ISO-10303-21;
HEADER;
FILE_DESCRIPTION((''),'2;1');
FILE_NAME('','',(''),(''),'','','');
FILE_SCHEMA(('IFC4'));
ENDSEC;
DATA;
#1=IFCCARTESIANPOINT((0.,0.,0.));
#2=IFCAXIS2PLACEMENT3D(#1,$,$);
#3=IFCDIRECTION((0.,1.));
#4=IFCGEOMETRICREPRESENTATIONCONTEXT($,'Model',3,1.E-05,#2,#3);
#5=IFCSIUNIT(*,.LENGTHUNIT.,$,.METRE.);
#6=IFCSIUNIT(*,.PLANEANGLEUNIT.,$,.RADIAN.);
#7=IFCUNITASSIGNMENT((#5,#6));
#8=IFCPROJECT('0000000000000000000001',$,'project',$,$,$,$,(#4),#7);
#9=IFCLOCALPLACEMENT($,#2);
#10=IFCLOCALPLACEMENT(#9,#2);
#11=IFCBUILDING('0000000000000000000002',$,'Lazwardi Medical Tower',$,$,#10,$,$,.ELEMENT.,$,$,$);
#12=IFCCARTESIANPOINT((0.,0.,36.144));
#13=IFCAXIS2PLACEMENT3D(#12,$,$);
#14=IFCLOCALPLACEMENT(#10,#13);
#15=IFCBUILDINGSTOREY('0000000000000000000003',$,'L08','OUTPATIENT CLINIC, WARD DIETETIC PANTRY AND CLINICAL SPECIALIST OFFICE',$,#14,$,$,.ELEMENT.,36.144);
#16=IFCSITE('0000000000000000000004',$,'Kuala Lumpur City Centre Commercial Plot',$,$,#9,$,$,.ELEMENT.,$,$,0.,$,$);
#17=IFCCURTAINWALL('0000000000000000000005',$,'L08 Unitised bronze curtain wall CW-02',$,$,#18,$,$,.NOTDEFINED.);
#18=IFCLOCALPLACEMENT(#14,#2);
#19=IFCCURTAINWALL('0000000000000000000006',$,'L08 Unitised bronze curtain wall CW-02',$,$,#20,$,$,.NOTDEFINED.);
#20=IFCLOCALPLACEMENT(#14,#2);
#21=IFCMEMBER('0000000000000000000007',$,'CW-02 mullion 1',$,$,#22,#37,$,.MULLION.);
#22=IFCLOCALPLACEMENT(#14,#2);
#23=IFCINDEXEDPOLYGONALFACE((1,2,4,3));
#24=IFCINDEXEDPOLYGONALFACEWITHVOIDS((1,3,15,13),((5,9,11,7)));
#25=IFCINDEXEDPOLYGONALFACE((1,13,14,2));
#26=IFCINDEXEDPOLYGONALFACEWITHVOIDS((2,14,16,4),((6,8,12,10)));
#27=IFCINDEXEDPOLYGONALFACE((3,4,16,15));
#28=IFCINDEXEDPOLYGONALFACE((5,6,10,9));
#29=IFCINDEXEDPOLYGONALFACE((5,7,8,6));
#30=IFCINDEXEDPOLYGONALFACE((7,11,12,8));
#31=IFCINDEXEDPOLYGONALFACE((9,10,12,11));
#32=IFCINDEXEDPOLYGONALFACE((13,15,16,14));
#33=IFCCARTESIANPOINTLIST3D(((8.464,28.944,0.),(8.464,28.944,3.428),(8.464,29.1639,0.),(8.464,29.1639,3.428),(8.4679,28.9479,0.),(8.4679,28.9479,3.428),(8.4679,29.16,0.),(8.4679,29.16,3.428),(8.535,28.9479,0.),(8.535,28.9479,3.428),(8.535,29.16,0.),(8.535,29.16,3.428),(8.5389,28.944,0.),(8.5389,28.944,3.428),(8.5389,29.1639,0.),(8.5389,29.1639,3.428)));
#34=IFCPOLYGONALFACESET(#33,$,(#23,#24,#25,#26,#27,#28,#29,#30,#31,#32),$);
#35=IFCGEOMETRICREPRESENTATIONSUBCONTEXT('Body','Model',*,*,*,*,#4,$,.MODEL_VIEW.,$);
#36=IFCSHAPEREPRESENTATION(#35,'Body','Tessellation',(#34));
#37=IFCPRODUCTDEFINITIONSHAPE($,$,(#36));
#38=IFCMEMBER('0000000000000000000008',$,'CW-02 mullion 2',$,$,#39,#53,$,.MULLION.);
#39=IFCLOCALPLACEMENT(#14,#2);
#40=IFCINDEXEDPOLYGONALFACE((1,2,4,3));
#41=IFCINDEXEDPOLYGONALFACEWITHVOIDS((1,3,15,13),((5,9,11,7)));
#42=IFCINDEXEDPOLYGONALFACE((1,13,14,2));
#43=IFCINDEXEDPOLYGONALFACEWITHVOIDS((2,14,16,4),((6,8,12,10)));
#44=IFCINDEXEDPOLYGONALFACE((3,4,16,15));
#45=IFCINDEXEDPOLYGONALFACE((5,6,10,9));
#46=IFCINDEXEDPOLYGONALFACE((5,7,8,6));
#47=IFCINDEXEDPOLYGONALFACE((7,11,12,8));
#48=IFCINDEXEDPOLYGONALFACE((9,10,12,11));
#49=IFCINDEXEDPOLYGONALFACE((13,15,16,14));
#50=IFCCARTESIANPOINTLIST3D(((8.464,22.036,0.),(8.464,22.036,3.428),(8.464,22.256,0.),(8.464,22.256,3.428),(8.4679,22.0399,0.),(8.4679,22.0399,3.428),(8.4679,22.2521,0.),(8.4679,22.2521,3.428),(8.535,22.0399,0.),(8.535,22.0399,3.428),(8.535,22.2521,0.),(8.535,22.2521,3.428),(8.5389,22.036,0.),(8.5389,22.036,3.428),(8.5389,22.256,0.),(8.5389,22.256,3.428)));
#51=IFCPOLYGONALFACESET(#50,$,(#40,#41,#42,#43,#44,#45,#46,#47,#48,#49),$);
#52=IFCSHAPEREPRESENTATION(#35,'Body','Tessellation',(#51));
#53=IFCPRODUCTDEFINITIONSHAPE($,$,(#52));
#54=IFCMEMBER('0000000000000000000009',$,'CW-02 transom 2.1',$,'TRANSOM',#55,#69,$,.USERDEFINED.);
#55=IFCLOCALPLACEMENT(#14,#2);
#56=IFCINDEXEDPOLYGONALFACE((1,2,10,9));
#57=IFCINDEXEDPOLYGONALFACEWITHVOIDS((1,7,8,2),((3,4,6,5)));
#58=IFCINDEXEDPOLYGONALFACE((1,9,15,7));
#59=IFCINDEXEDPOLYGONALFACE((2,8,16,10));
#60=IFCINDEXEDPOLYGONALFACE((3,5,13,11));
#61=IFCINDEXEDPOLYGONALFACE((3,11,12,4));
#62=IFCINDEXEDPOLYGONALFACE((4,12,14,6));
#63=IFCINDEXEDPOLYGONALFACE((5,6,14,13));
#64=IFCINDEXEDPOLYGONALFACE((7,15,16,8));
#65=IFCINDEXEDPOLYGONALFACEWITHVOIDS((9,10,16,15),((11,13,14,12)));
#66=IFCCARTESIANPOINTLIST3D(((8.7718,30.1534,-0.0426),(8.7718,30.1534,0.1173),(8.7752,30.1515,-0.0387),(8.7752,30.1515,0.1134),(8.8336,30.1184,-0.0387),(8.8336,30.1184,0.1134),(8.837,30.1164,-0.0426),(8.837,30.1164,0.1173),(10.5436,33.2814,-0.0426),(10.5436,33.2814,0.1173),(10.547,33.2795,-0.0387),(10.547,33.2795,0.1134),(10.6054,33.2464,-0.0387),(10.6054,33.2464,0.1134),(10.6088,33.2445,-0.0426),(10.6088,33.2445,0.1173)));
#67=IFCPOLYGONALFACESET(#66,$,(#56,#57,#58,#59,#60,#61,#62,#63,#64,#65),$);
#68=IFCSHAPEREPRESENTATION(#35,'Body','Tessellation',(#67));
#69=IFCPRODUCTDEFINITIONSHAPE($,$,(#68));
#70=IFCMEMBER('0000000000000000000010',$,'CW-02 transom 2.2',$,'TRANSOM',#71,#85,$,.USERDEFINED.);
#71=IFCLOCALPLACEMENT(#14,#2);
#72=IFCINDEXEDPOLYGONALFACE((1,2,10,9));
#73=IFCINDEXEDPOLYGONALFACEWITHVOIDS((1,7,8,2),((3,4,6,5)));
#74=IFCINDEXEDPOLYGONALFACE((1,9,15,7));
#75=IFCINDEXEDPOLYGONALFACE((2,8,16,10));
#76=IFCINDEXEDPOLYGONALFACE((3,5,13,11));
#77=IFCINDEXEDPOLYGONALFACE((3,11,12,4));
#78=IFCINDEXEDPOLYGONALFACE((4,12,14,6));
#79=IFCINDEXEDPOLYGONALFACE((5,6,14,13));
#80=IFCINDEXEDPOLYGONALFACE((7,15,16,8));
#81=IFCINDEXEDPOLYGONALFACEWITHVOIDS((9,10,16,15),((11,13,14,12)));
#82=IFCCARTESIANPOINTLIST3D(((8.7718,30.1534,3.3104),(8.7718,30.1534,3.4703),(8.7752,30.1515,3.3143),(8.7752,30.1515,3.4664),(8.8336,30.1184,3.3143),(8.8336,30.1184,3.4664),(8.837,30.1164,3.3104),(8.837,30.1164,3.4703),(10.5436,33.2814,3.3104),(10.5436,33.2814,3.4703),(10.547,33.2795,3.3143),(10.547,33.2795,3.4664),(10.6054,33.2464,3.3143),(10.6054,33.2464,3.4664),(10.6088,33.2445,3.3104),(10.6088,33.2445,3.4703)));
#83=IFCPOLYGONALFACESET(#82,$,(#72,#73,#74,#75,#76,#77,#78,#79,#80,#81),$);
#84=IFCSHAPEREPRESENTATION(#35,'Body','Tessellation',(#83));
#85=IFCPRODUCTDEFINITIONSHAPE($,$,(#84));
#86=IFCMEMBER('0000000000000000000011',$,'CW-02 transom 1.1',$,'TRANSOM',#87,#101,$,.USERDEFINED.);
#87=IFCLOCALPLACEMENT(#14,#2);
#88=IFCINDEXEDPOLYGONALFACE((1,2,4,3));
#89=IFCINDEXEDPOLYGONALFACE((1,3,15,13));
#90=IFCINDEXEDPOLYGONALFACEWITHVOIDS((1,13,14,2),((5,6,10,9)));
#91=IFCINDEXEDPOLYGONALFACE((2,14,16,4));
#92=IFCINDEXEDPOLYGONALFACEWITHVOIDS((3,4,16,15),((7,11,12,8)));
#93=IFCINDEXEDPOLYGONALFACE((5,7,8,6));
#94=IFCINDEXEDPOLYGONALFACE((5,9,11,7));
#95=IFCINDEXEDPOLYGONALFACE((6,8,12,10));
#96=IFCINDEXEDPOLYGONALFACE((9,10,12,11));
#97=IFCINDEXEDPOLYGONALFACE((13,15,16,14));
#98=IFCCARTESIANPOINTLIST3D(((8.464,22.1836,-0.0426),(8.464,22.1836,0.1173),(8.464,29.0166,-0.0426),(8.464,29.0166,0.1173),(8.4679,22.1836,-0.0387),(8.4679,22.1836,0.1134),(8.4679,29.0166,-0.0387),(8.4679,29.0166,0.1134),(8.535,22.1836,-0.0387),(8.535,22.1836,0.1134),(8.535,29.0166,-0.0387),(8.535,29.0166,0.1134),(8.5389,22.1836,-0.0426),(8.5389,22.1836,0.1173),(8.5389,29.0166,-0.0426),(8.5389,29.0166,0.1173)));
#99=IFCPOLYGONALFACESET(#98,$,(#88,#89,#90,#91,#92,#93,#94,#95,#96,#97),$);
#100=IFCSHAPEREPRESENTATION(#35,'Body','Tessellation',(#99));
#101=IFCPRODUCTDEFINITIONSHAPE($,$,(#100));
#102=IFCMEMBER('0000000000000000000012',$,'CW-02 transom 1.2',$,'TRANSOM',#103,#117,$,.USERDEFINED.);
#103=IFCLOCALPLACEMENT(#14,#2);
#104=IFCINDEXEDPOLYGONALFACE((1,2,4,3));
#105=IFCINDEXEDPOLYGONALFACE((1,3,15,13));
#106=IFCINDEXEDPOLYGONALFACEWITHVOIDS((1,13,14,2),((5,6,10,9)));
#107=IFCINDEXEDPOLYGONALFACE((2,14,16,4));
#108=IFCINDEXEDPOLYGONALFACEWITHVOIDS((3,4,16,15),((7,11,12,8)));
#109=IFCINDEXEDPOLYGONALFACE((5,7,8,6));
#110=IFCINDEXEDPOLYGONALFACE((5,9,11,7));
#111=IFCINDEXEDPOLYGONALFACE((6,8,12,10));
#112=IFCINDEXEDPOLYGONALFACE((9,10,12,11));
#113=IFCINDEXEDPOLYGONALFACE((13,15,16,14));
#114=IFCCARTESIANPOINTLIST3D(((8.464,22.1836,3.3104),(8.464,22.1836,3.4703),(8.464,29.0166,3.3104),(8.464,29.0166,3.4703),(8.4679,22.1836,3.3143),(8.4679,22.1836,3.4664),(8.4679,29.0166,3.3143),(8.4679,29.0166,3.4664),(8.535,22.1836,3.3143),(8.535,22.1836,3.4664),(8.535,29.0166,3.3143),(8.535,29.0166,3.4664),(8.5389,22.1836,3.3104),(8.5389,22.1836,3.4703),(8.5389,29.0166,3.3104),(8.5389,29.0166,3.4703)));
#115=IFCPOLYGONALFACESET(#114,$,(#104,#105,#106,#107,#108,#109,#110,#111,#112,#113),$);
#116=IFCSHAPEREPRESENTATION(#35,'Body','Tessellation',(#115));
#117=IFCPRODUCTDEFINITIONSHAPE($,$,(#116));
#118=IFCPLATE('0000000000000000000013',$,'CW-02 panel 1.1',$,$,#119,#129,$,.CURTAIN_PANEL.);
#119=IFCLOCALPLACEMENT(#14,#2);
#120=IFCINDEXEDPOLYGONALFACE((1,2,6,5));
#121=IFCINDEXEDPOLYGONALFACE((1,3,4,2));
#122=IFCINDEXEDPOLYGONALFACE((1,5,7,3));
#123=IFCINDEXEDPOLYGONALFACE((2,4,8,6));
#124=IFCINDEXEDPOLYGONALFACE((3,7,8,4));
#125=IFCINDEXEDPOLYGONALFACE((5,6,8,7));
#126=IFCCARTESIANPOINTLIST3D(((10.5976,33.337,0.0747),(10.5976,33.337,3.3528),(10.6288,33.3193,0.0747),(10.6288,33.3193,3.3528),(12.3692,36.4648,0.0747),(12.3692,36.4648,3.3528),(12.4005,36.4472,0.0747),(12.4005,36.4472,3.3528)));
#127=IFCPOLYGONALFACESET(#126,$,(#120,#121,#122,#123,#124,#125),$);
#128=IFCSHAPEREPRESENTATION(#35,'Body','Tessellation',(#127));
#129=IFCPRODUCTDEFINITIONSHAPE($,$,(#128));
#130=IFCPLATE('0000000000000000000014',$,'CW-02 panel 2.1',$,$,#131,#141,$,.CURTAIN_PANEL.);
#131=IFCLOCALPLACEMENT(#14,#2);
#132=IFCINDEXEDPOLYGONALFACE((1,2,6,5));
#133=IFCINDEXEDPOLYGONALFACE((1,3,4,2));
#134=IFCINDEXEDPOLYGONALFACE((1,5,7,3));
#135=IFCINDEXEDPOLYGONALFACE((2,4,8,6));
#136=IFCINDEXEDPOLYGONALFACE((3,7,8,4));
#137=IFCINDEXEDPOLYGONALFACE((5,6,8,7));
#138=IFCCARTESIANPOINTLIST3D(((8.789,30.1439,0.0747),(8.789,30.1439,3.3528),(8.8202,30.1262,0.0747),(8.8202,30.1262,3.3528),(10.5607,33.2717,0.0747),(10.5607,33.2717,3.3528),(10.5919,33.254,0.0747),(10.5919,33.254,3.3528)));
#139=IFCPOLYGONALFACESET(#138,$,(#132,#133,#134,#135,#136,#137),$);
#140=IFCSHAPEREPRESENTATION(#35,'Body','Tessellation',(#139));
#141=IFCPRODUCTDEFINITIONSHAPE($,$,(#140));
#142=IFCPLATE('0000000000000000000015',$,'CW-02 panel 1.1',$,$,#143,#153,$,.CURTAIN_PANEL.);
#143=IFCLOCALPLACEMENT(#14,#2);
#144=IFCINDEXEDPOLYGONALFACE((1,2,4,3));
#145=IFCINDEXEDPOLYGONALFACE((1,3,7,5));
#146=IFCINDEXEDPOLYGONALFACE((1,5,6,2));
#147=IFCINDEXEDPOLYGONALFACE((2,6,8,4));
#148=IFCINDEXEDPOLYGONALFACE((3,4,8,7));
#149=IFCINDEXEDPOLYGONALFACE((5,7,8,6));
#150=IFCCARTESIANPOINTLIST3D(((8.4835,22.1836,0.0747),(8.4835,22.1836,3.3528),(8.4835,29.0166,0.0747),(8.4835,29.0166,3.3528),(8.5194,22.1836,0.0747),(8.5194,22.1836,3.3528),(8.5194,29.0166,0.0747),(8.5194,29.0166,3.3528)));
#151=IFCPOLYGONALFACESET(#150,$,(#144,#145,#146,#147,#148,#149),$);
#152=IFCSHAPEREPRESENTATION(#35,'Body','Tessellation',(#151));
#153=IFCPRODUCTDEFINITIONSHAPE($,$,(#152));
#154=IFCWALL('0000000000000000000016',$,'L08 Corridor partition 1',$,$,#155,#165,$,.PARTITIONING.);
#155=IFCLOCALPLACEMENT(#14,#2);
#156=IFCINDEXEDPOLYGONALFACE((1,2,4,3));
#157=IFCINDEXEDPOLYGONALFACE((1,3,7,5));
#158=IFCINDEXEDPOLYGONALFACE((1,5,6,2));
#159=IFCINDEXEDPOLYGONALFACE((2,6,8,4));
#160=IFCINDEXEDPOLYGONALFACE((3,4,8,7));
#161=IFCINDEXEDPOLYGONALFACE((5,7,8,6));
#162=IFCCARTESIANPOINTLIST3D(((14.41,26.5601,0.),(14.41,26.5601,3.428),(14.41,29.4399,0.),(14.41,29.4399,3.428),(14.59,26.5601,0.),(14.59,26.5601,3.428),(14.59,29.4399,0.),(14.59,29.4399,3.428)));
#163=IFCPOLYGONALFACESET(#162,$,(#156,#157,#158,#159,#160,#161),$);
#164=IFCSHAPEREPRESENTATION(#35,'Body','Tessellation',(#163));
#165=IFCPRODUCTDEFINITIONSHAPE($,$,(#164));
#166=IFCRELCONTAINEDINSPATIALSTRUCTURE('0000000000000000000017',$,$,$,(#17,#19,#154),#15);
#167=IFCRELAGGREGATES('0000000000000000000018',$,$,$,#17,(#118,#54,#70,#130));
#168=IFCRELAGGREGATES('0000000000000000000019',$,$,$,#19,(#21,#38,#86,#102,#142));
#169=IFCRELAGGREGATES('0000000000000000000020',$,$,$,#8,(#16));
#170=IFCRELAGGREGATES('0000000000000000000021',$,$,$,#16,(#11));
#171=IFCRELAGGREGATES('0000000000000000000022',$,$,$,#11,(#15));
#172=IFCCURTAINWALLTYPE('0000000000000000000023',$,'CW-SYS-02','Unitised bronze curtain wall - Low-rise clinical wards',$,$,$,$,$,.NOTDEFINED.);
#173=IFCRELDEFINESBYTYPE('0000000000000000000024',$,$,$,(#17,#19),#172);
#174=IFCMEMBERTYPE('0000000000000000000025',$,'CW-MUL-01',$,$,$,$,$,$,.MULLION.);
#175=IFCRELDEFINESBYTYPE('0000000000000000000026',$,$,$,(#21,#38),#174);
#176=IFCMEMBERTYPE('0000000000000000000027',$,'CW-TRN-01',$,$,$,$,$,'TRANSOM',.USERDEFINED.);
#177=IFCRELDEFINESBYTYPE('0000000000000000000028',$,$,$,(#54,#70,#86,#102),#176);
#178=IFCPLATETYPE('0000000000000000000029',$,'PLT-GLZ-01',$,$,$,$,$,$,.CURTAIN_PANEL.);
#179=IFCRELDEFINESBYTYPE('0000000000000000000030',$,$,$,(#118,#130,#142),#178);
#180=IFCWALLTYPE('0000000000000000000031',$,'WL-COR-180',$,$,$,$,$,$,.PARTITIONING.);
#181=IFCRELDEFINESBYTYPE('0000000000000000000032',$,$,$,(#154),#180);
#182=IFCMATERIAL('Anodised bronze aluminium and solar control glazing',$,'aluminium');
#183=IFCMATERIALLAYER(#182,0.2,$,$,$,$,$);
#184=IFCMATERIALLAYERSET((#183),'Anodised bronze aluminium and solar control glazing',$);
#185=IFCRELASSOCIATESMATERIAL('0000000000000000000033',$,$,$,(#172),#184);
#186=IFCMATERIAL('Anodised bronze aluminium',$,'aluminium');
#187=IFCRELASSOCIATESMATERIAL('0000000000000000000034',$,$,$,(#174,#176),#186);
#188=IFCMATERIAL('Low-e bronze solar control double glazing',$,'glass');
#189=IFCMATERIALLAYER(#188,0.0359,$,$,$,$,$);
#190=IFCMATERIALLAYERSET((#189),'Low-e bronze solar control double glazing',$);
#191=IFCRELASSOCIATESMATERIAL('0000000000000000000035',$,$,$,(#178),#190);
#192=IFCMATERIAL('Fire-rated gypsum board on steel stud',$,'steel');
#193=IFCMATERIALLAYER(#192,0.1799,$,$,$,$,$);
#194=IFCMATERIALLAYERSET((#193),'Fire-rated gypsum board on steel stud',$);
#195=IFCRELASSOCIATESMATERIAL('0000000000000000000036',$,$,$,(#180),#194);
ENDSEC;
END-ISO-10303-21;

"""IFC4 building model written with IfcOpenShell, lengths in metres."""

from ifc_helpers import new_model, si_unit, direction, frame, frame_2d, origin, origin_2d, place, context, subcontext, project, spatial, rectangle, hollow_rectangle, extrude, material, layer, layer_set, material_profile, profile_set, type_object, element, aggregate, save


model = new_model("IFC4")

# Units and contexts
model_context = context("Model", 3, precision=1e-05, world=origin(), true_north=direction((0.0, 1.0)))
body_context = subcontext(model_context, "Body", "Model", "MODEL_VIEW")
ifc_project = project(units=[si_unit("LENGTHUNIT", "METRE"), si_unit("PLANEANGLEUNIT", "RADIAN")], contexts=[model_context])

# Site, building, storey
site_placement = place(None, origin())
site = spatial("IfcSite", under=ifc_project, at=site_placement, Name="Kuala Lumpur City Centre Commercial Plot", CompositionType="ELEMENT", RefElevation=0.0)
building_placement = place(site_placement, origin())
building = spatial("IfcBuilding", under=site, at=building_placement, Name="Lazwardi Medical Tower", CompositionType="ELEMENT")
storey_placement = place(building_placement, frame((0.0, 0.0, 36.144)))
storey = spatial("IfcBuildingStorey", under=building, at=storey_placement, Name="L08", Description="OUTPATIENT CLINIC, WARD DIETETIC PANTRY AND CLINICAL SPECIALIST OFFICE", CompositionType="ELEMENT", Elevation=36.144)

# Curtain walls, members
ifc_material_1 = material(Name="Anodised bronze aluminium and solar control glazing", Category="aluminium")
ifc_layer_1 = layer(ifc_material_1, 0.2)
ifc_layer_set_1 = layer_set([ifc_layer_1], Name="Anodised bronze aluminium and solar control glazing")
curtain_wall_type = type_object("IfcCurtainWallType", Name="CW-SYS-02", Description="Unitised bronze curtain wall - Low-rise clinical wards", PredefinedType="NOTDEFINED", material=ifc_layer_set_1)
curtain_wall_1_placement = place(storey_placement, origin())
curtain_wall_1 = element("IfcCurtainWall", 1, at=curtain_wall_1_placement, inside=storey, type_object=curtain_wall_type, Name="L08 Unitised bronze curtain wall CW-02", PredefinedType="NOTDEFINED")
ifc_material_2 = material(Name="Anodised bronze aluminium", Category="aluminium")
ifc_material_profile_1 = material_profile(ifc_material_2, hollow_rectangle(XDim=0.075, YDim=0.22, WallThickness=0.0039, at=origin_2d()), Name="ALU-MULLION 220x75x4")
ifc_profile_set_1 = profile_set([ifc_material_profile_1], Name="Anodised bronze aluminium")
member_type_1 = type_object("IfcMemberType", Name="CW-MUL-01", PredefinedType="MULLION", material=ifc_profile_set_1)
curtain_wall_2_placement = place(storey_placement, origin())
curtain_wall_2 = element("IfcCurtainWall", 2, at=curtain_wall_2_placement, inside=storey, type_object=curtain_wall_type, Name="L08 Unitised bronze curtain wall CW-02", PredefinedType="NOTDEFINED")
member_1_placement = place(storey_placement, frame((8.5015, 29.054, 0.0), z_axis=(0.0, 0.0, 1.0), x_axis=(1.0, 0.0, 0.0)))
member_1 = element("IfcMember", 3, at=member_1_placement, type_object=member_type_1, Name="CW-02 mullion 1", PredefinedType="MULLION", context=body_context, shape_type="SweptSolid", body=[
    extrude(hollow_rectangle(XDim=0.075, YDim=0.22, WallThickness=0.0039, at=origin_2d()), origin(), (0.0, 0.0, 1.0), 3.428),
])
member_2_placement = place(storey_placement, frame((8.5015, 22.146, 0.0), z_axis=(0.0, 0.0, 1.0), x_axis=(1.0, 0.0, 0.0)))
member_2 = element("IfcMember", 4, at=member_2_placement, type_object=member_type_1, Name="CW-02 mullion 2", PredefinedType="MULLION", context=body_context, shape_type="SweptSolid", body=[
    extrude(hollow_rectangle(XDim=0.075, YDim=0.22, WallThickness=0.0039, at=origin_2d()), origin(), (0.0, 0.0, 1.0), 3.428),
])

# Members
ifc_material_profile_2 = material_profile(ifc_material_2, hollow_rectangle(XDim=0.075, YDim=0.1599, WallThickness=0.0039, at=origin_2d()), Name="ALU-TRANSOM 160x75x4")
ifc_profile_set_2 = profile_set([ifc_material_profile_2], Name="Anodised bronze aluminium")
member_type_2 = type_object("IfcMemberType", Name="CW-TRN-01", ElementType="TRANSOM", PredefinedType="USERDEFINED", material=ifc_profile_set_2)
member_3_placement = place(storey_placement, frame((10.5762, 33.2629, 0.0374), z_axis=(-0.492851, -0.870113, 0.0), x_axis=(0.870113, -0.492851, 0.0)))
member_3 = element("IfcMember", 5, at=member_3_placement, type_object=member_type_2, Name="CW-02 transom 2.1", ObjectType="TRANSOM", PredefinedType="USERDEFINED", context=body_context, shape_type="SweptSolid", body=[
    extrude(hollow_rectangle(XDim=0.075, YDim=0.1599, WallThickness=0.0039, at=origin_2d()), origin(), (0.0, 0.0, 1.0), 3.595),
])
member_4_placement = place(storey_placement, frame((10.5762, 33.2629, 3.3904), z_axis=(-0.492851, -0.870113, 0.0), x_axis=(0.870113, -0.492851, 0.0)))
member_4 = element("IfcMember", 6, at=member_4_placement, type_object=member_type_2, Name="CW-02 transom 2.2", ObjectType="TRANSOM", PredefinedType="USERDEFINED", context=body_context, shape_type="SweptSolid", body=[
    extrude(hollow_rectangle(XDim=0.075, YDim=0.1599, WallThickness=0.0039, at=origin_2d()), origin(), (0.0, 0.0, 1.0), 3.595),
])
member_5_placement = place(storey_placement, frame((8.5015, 29.0166, 0.0374), z_axis=(0.0, -1.0, 0.0), x_axis=(1.0, 0.0, 0.0)))
member_5 = element("IfcMember", 7, at=member_5_placement, type_object=member_type_2, Name="CW-02 transom 1.1", ObjectType="TRANSOM", PredefinedType="USERDEFINED", context=body_context, shape_type="SweptSolid", body=[
    extrude(hollow_rectangle(XDim=0.075, YDim=0.1599, WallThickness=0.0039, at=origin_2d()), origin(), (0.0, 0.0, 1.0), 6.833),
])
member_6_placement = place(storey_placement, frame((8.5015, 29.0166, 3.3904), z_axis=(0.0, -1.0, 0.0), x_axis=(1.0, 0.0, 0.0)))
member_6 = element("IfcMember", 8, at=member_6_placement, type_object=member_type_2, Name="CW-02 transom 1.2", ObjectType="TRANSOM", PredefinedType="USERDEFINED", context=body_context, shape_type="SweptSolid", body=[
    extrude(hollow_rectangle(XDim=0.075, YDim=0.1599, WallThickness=0.0039, at=origin_2d()), origin(), (0.0, 0.0, 1.0), 6.833),
])

# Plates
ifc_material_3 = material(Name="Low-e bronze solar control double glazing", Category="glass")
ifc_layer_2 = layer(ifc_material_3, 0.0359)
ifc_layer_set_2 = layer_set([ifc_layer_2], Name="Low-e bronze solar control double glazing")
plate_type = type_object("IfcPlateType", Name="PLT-GLZ-01", PredefinedType="CURTAIN_PANEL", material=ifc_layer_set_2)
plate_1_placement = place(storey_placement, frame((11.499, 34.8921, 0.0747), z_axis=(0.0, 0.0, 1.0), x_axis=(-0.492854, -0.870112, 0.0)))
plate_1 = element("IfcPlate", 9, at=plate_1_placement, type_object=plate_type, Name="CW-02 panel 1.1", PredefinedType="CURTAIN_PANEL", context=body_context, shape_type="SweptSolid", body=[
    extrude(rectangle(XDim=3.5947, YDim=0.0359, at=origin_2d()), origin(), (0.0, 0.0, 1.0), 3.2781),
])
plate_2_placement = place(storey_placement, frame((9.6904, 31.699, 0.0747), z_axis=(0.0, 0.0, 1.0), x_axis=(-0.492854, -0.870112, 0.0)))
plate_2 = element("IfcPlate", 10, at=plate_2_placement, type_object=plate_type, Name="CW-02 panel 2.1", PredefinedType="CURTAIN_PANEL", context=body_context, shape_type="SweptSolid", body=[
    extrude(rectangle(XDim=3.5947, YDim=0.0359, at=origin_2d()), origin(), (0.0, 0.0, 1.0), 3.2781),
])
aggregate(curtain_wall_1, [plate_1, member_3, member_4, plate_2])
plate_3_placement = place(storey_placement, frame((8.5015, 25.6001, 0.0747), z_axis=(0.0, 0.0, 1.0), x_axis=(0.0, -1.0, 0.0)))
plate_3 = element("IfcPlate", 11, at=plate_3_placement, type_object=plate_type, Name="CW-02 panel 1.1", PredefinedType="CURTAIN_PANEL", context=body_context, shape_type="SweptSolid", body=[
    extrude(rectangle(XDim=6.833, YDim=0.0359, at=origin_2d()), origin(), (0.0, 0.0, 1.0), 3.2781),
])
aggregate(curtain_wall_2, [member_1, member_2, member_5, member_6, plate_3])

# Wall
ifc_material_4 = material(Name="Fire-rated gypsum board on steel stud", Category="steel")
ifc_layer_3 = layer(ifc_material_4, 0.1799)
ifc_layer_set_3 = layer_set([ifc_layer_3], Name="Fire-rated gypsum board on steel stud")
wall_type_1 = type_object("IfcWallType", Name="WL-COR-180", PredefinedType="PARTITIONING", material=ifc_layer_set_3)
wall_1_placement = place(storey_placement, frame((14.5, 26.5601, 0.0), z_axis=(0.0, 0.0, 1.0), x_axis=(0.0, 1.0, 0.0)))
element("IfcWall", 12, at=wall_1_placement, inside=storey, type_object=wall_type_1, Name="L08 Corridor partition 1", PredefinedType="PARTITIONING", context=body_context, shape_type="SweptSolid", body=[
    extrude(rectangle(XDim=2.8799, YDim=0.1799, at=frame_2d((1.4399, 0.0))), origin(), (0.0, 0.0, 1.0), 3.428),
])

save(model, "model.ifc")
